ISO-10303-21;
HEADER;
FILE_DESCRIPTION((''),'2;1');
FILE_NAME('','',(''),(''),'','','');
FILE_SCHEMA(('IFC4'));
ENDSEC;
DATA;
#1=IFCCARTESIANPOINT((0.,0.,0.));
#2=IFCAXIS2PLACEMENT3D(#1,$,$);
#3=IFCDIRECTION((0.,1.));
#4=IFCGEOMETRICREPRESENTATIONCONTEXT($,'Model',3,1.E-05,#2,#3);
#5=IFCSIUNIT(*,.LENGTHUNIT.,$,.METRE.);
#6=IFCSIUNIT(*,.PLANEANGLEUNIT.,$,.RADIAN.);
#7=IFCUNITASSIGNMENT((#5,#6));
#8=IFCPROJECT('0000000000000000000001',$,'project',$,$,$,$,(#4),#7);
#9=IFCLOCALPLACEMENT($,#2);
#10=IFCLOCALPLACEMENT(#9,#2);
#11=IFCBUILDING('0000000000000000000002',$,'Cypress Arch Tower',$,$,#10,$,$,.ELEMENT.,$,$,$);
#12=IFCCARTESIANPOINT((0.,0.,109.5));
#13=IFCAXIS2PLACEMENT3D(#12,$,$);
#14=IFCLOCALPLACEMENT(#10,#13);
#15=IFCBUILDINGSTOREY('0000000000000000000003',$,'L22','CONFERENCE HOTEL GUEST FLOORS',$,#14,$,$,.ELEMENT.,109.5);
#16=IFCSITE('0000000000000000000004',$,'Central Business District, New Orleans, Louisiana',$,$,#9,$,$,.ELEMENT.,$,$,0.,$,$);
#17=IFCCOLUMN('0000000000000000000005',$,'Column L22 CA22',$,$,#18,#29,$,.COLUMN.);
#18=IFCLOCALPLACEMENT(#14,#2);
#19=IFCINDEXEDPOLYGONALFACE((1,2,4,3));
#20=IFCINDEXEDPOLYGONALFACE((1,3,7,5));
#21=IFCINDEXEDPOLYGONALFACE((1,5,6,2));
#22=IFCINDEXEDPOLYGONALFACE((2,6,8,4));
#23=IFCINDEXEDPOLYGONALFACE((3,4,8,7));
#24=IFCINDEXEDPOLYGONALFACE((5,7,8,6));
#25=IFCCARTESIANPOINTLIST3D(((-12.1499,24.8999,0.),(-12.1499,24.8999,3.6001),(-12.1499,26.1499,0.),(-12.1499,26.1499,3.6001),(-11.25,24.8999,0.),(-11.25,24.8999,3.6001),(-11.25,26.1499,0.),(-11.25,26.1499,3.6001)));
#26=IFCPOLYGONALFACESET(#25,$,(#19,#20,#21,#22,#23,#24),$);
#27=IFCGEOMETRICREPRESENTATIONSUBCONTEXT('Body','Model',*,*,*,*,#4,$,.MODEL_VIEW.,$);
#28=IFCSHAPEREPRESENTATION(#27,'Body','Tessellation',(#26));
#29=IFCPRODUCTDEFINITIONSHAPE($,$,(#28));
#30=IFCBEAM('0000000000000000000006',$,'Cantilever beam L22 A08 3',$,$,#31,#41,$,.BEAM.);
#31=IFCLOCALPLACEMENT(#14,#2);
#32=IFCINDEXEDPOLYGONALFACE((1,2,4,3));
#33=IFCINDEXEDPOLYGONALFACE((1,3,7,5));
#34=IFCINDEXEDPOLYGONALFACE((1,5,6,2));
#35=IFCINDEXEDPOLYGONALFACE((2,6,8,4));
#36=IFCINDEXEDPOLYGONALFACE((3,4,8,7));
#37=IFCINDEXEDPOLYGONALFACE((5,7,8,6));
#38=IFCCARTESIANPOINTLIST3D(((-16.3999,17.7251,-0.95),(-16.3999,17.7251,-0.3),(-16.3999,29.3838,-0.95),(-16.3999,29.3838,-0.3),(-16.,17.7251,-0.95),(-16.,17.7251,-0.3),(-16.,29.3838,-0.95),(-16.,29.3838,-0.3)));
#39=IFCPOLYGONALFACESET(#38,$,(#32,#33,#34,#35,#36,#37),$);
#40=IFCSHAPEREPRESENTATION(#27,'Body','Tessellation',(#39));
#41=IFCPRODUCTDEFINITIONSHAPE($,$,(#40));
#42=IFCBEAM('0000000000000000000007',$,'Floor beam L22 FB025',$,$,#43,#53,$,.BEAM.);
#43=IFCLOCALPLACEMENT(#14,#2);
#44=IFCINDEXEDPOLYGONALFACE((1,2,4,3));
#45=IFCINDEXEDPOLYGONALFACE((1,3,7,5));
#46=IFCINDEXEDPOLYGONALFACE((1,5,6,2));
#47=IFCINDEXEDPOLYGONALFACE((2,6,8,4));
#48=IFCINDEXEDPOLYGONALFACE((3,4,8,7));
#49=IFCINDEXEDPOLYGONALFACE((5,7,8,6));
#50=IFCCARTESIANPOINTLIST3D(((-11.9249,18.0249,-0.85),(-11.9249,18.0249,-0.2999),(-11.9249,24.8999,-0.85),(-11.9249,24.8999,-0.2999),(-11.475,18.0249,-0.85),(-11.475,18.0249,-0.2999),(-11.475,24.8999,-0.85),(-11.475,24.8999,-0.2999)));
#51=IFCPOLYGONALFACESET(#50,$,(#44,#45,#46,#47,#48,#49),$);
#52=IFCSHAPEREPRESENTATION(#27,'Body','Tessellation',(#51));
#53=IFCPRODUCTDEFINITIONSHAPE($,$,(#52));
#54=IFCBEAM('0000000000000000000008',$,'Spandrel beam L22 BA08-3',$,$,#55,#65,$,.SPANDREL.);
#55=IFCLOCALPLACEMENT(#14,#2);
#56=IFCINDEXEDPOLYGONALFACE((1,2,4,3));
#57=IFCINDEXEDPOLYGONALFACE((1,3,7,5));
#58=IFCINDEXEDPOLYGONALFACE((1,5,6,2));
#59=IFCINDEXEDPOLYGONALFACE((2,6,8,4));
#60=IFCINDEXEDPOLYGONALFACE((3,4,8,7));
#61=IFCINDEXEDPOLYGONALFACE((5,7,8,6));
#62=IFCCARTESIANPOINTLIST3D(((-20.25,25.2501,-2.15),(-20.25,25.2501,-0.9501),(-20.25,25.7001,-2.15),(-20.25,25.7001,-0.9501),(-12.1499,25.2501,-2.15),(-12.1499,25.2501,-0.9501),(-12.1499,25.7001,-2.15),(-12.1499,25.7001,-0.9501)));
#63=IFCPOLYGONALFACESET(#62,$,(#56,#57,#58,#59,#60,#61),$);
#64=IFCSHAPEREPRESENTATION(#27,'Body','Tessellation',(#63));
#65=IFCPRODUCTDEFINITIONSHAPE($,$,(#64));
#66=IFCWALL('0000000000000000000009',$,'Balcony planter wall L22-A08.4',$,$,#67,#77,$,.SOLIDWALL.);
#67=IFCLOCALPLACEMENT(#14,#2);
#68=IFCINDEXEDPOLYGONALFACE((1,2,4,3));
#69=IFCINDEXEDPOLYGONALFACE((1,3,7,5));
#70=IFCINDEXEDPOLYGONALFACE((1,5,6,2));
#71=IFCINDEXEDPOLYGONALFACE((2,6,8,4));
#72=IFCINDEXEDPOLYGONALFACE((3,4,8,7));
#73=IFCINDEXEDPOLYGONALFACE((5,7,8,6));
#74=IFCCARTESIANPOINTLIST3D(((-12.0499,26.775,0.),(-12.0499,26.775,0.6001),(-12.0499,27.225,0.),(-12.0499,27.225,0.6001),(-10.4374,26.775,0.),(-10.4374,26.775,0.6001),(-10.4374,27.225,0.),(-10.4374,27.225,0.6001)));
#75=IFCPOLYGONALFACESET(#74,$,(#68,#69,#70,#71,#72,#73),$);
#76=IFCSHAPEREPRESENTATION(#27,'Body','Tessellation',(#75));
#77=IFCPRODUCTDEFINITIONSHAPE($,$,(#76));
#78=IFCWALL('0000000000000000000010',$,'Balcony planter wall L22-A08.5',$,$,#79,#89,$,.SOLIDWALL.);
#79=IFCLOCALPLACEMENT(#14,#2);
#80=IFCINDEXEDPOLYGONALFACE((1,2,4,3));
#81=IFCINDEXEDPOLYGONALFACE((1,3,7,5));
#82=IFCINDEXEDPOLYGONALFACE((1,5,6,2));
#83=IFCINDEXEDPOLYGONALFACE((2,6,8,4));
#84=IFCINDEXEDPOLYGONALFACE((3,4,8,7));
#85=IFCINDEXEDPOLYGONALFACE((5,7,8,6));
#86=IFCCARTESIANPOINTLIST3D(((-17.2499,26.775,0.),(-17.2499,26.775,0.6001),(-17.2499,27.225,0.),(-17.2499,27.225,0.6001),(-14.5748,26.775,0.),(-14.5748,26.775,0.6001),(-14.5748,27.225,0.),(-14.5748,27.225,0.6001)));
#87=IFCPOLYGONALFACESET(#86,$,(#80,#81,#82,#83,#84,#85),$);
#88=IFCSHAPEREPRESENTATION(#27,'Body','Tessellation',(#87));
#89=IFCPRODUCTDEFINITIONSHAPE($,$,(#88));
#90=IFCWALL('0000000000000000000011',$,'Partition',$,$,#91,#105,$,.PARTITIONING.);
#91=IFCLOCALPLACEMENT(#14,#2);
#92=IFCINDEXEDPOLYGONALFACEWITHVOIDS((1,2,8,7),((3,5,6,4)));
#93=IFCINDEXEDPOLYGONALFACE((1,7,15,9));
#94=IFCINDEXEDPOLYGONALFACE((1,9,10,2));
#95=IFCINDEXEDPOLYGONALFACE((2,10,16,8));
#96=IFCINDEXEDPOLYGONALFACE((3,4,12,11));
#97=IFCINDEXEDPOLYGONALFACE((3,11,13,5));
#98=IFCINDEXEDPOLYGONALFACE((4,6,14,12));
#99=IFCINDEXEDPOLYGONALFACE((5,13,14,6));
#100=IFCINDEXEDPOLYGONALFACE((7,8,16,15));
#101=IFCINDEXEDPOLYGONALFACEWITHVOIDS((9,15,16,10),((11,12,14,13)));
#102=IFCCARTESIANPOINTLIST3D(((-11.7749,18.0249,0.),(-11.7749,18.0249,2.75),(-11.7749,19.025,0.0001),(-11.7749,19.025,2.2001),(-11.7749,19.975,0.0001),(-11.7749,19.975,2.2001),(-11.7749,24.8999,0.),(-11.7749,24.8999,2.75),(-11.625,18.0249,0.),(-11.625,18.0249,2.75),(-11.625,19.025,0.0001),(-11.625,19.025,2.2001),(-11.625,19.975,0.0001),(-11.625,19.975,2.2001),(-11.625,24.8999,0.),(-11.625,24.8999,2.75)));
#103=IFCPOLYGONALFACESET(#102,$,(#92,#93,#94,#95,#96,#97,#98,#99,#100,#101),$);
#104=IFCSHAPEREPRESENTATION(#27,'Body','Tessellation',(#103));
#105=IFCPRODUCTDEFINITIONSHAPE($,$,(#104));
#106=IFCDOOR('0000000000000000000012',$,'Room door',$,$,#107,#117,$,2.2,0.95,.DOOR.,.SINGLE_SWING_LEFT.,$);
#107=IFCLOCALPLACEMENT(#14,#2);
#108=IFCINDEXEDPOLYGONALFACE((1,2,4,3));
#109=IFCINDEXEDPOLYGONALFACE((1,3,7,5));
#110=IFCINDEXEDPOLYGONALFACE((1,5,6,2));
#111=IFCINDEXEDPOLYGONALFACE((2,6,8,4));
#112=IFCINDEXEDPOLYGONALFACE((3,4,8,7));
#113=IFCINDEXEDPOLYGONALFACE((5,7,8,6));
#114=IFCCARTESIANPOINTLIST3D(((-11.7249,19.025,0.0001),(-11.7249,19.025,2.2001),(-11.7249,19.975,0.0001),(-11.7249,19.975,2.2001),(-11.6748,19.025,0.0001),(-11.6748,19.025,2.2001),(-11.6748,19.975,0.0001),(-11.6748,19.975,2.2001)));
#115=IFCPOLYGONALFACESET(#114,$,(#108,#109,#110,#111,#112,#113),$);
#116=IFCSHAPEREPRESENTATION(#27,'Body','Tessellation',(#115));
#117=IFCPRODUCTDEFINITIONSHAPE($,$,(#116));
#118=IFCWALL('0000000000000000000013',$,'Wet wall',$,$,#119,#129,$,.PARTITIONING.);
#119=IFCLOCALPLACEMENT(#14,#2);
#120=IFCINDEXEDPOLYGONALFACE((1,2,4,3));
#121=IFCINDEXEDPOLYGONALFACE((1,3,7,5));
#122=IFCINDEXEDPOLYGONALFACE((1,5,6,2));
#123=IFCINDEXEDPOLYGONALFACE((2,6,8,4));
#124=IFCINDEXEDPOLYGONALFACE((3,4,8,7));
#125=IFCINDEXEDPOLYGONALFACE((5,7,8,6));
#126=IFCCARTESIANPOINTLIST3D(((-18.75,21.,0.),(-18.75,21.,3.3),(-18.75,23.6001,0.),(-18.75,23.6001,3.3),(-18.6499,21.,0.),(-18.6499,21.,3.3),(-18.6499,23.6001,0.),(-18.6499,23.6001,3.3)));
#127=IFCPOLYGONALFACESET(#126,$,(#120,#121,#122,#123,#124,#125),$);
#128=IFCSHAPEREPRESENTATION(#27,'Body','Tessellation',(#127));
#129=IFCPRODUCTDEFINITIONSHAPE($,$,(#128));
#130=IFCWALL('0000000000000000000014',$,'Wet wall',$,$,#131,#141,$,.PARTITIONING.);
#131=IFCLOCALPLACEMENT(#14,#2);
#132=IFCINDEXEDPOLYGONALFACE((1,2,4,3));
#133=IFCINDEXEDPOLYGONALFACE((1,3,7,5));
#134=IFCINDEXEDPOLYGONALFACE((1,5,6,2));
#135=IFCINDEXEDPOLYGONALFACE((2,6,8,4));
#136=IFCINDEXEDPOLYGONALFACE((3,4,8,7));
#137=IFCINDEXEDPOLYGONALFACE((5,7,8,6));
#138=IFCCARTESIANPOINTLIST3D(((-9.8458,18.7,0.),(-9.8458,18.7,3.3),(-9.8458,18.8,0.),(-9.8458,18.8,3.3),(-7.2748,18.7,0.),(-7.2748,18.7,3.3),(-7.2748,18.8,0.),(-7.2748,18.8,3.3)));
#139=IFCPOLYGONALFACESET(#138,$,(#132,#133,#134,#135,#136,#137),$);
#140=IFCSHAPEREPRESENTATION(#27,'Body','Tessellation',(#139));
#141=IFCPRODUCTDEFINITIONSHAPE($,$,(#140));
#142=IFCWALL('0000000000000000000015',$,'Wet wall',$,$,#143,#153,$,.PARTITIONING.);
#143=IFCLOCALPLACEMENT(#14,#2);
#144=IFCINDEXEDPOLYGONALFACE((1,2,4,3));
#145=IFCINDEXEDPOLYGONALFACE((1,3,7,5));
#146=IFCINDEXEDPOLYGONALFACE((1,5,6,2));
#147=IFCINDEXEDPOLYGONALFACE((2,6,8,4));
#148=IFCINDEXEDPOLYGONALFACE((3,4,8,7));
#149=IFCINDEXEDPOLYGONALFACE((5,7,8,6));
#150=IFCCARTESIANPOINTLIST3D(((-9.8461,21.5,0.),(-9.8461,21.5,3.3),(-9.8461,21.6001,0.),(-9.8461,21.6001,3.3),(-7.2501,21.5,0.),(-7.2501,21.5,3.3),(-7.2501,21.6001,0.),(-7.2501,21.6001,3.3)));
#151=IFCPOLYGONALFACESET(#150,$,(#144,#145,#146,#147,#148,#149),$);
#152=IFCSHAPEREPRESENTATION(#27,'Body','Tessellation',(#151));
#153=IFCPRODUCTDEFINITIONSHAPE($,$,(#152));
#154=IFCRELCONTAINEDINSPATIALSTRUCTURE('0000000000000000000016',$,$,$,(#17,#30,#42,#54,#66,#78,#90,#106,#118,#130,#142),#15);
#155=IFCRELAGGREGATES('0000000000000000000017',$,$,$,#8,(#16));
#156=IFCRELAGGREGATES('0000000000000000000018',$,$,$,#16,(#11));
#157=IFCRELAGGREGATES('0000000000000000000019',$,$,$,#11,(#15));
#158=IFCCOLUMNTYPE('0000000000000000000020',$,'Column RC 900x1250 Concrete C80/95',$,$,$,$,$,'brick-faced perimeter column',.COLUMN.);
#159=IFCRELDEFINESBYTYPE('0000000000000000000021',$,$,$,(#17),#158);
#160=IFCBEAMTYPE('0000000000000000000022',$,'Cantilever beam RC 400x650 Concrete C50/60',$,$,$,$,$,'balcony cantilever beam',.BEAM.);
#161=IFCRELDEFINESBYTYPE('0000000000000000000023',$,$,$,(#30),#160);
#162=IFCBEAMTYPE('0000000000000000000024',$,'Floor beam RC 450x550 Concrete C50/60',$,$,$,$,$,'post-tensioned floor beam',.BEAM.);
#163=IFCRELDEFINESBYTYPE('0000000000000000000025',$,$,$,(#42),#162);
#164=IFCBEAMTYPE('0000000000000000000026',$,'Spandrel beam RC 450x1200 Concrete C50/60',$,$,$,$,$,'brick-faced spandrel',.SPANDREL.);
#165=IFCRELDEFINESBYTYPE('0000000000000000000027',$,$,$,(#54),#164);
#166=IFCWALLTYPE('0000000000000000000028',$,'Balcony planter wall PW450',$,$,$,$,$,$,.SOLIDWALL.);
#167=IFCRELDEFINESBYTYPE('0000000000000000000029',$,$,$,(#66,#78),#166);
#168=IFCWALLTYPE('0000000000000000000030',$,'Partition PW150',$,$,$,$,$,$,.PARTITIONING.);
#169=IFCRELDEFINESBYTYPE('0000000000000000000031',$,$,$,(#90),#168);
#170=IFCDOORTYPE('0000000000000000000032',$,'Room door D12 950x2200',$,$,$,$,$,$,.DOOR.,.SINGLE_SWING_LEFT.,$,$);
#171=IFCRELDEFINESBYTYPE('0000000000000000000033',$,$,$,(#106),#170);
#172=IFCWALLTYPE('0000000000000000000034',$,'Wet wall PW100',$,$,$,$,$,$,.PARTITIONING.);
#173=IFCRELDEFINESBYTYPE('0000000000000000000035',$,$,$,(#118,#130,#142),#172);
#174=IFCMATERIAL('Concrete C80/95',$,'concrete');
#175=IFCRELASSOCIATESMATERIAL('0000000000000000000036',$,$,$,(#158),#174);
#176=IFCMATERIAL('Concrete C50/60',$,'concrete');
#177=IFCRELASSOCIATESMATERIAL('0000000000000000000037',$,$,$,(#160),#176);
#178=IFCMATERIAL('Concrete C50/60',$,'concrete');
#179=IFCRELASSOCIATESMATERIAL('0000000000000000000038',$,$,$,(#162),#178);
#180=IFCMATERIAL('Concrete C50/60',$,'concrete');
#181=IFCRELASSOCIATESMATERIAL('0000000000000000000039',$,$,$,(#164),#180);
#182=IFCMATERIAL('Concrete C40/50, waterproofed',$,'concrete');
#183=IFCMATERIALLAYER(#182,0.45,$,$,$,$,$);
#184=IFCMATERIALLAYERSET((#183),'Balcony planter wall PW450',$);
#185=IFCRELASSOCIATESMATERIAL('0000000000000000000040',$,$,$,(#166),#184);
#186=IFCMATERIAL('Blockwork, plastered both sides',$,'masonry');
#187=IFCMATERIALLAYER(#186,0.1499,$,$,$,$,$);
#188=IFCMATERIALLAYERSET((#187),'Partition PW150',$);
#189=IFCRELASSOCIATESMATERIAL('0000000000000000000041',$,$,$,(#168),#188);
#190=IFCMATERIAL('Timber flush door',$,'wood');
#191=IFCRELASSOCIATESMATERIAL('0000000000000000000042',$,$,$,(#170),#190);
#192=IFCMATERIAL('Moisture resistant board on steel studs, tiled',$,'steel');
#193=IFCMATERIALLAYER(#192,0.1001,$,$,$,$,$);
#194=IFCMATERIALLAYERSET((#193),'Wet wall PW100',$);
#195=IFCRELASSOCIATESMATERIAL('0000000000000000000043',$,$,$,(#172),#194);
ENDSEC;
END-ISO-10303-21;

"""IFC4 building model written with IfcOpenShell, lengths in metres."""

from ifc_helpers import new_model, si_unit, direction, frame, frame_2d, origin, origin_2d, place, context, subcontext, project, spatial, rectangle, extrude, material, layer, layer_set, material_profile, profile_set, type_object, element, fill, save


model = new_model("IFC4")

# Units and contexts
model_context = context("Model", 3, precision=1e-05, world=origin(), true_north=direction((0.0, 1.0)))
body_context = subcontext(model_context, "Body", "Model", "MODEL_VIEW")
ifc_project = project(units=[si_unit("LENGTHUNIT", "METRE"), si_unit("PLANEANGLEUNIT", "RADIAN")], contexts=[model_context])

# Site, building, storey
site_placement = place(None, origin())
site = spatial("IfcSite", under=ifc_project, at=site_placement, Name="Central Business District, New Orleans, Louisiana", CompositionType="ELEMENT", RefElevation=0.0)
building_placement = place(site_placement, origin())
building = spatial("IfcBuilding", under=site, at=building_placement, Name="Cypress Arch Tower", CompositionType="ELEMENT")
storey_placement = place(building_placement, frame((0.0, 0.0, 109.5)))
storey = spatial("IfcBuildingStorey", under=building, at=storey_placement, Name="L22", Description="CONFERENCE HOTEL GUEST FLOORS", CompositionType="ELEMENT", Elevation=109.5)

# Column
ifc_material_1 = material(Name="Concrete C80/95", Category="concrete")
ifc_material_profile_1 = material_profile(ifc_material_1, rectangle(XDim=0.8999, YDim=1.25, at=origin_2d()), Name="RC 900x1250")
ifc_profile_set_1 = profile_set([ifc_material_profile_1], Name="Concrete C80/95")
column_type = type_object("IfcColumnType", Name="Column RC 900x1250 Concrete C80/95", ElementType="brick-faced perimeter column", PredefinedType="COLUMN", material=ifc_profile_set_1)
column_placement = place(storey_placement, frame((-11.7, 25.5249, 0.0), z_axis=(0.0, 0.0, 1.0), x_axis=(-1.0, 0.0, 0.0)))
element("IfcColumn", 1, at=column_placement, inside=storey, type_object=column_type, Name="Column L22 CA22", PredefinedType="COLUMN", context=body_context, shape_type="SweptSolid", body=[
    extrude(rectangle(XDim=0.8999, YDim=1.25, at=origin_2d()), origin(), (0.0, 0.0, 1.0), 3.6001),
])

# Beams
ifc_material_2 = material(Name="Concrete C50/60", Category="concrete")
ifc_material_profile_2 = material_profile(ifc_material_2, rectangle(XDim=0.3999, YDim=0.6499, at=origin_2d()), Name="RC 400x650")
ifc_profile_set_2 = profile_set([ifc_material_profile_2], Name="Concrete C50/60")
beam_type_1 = type_object("IfcBeamType", Name="Cantilever beam RC 400x650 Concrete C50/60", ElementType="balcony cantilever beam", PredefinedType="BEAM", material=ifc_profile_set_2)
beam_1_placement = place(storey_placement, frame((-16.2, 17.7251, -0.625), z_axis=(0.0, 1.0, 0.0), x_axis=(-1.0, 0.0, 0.0)))
element("IfcBeam", 2, at=beam_1_placement, inside=storey, type_object=beam_type_1, Name="Cantilever beam L22 A08 3", PredefinedType="BEAM", context=body_context, shape_type="SweptSolid", body=[
    extrude(rectangle(XDim=0.3999, YDim=0.6499, at=origin_2d()), origin(), (0.0, 0.0, 1.0), 11.6587),
])
ifc_material_3 = material(Name="Concrete C50/60", Category="concrete")
ifc_material_profile_3 = material_profile(ifc_material_3, rectangle(XDim=0.45, YDim=0.55, at=origin_2d()), Name="RC 450x550")
ifc_profile_set_3 = profile_set([ifc_material_profile_3], Name="Concrete C50/60")
beam_type_2 = type_object("IfcBeamType", Name="Floor beam RC 450x550 Concrete C50/60", ElementType="post-tensioned floor beam", PredefinedType="BEAM", material=ifc_profile_set_3)
beam_2_placement = place(storey_placement, frame((-11.7, 18.0249, -0.575), z_axis=(0.0, 1.0, 0.0), x_axis=(-1.0, 0.0, 0.0)))
element("IfcBeam", 3, at=beam_2_placement, inside=storey, type_object=beam_type_2, Name="Floor beam L22 FB025", PredefinedType="BEAM", context=body_context, shape_type="SweptSolid", body=[
    extrude(rectangle(XDim=0.45, YDim=0.55, at=origin_2d()), origin(), (0.0, 0.0, 1.0), 6.875),
])
ifc_material_4 = material(Name="Concrete C50/60", Category="concrete")
ifc_material_profile_4 = material_profile(ifc_material_4, rectangle(XDim=0.45, YDim=1.2, at=origin_2d()), Name="RC 450x1200")
ifc_profile_set_4 = profile_set([ifc_material_profile_4], Name="Concrete C50/60")
beam_type_3 = type_object("IfcBeamType", Name="Spandrel beam RC 450x1200 Concrete C50/60", ElementType="brick-faced spandrel", PredefinedType="SPANDREL", material=ifc_profile_set_4)
beam_3_placement = place(storey_placement, frame((-12.1499, 25.4751, -1.55), z_axis=(-1.0, 0.0, 0.0), x_axis=(0.0, -1.0, 0.0)))
element("IfcBeam", 4, at=beam_3_placement, inside=storey, type_object=beam_type_3, Name="Spandrel beam L22 BA08-3", PredefinedType="SPANDREL", context=body_context, shape_type="SweptSolid", body=[
    extrude(rectangle(XDim=0.45, YDim=1.2, at=origin_2d()), origin(), (0.0, 0.0, 1.0), 8.1001),
])

# Walls
ifc_material_5 = material(Name="Concrete C40/50, waterproofed", Category="concrete")
ifc_layer_1 = layer(ifc_material_5, 0.45)
ifc_layer_set_1 = layer_set([ifc_layer_1], Name="Balcony planter wall PW450")
wall_type_1 = type_object("IfcWallType", Name="Balcony planter wall PW450", PredefinedType="SOLIDWALL", material=ifc_layer_set_1)
wall_1_placement = place(storey_placement, frame((-10.4375, 27.0, 0.0), z_axis=(0.0, 0.0, 1.0), x_axis=(-1.0, 0.0, 0.0)))
element("IfcWall", 5, at=wall_1_placement, inside=storey, type_object=wall_type_1, Name="Balcony planter wall L22-A08.4", PredefinedType="SOLIDWALL", context=body_context, shape_type="SweptSolid", body=[
    extrude(rectangle(XDim=1.6125, YDim=0.45, at=frame_2d((0.8062, 0.0))), origin(), (0.0, 0.0, 1.0), 0.6001),
])
wall_2_placement = place(storey_placement, frame((-14.575, 27.0, 0.0), z_axis=(0.0, 0.0, 1.0), x_axis=(-1.0, 0.0, 0.0)))
element("IfcWall", 6, at=wall_2_placement, inside=storey, type_object=wall_type_1, Name="Balcony planter wall L22-A08.5", PredefinedType="SOLIDWALL", context=body_context, shape_type="SweptSolid", body=[
    extrude(rectangle(XDim=2.675, YDim=0.45, at=frame_2d((1.3374, 0.0))), origin(), (0.0, 0.0, 1.0), 0.6001),
])

# Wall, opening, door
ifc_material_6 = material(Name="Blockwork, plastered both sides", Category="masonry")
ifc_layer_2 = layer(ifc_material_6, 0.1499)
ifc_layer_set_2 = layer_set([ifc_layer_2], Name="Partition PW150")
wall_type_2 = type_object("IfcWallType", Name="Partition PW150", PredefinedType="PARTITIONING", material=ifc_layer_set_2)
wall_3_placement = place(storey_placement, frame((-11.7, 18.0249, 0.0), z_axis=(0.0, 0.0, 1.0), x_axis=(0.0, 1.0, 0.0)))
wall_3 = element("IfcWall", 7, at=wall_3_placement, inside=storey, type_object=wall_type_2, Name="Partition", PredefinedType="PARTITIONING", context=body_context, shape_type="SweptSolid", body=[
    extrude(rectangle(XDim=6.875, YDim=0.1499, at=frame_2d((3.4375, 0.0))), origin(), (0.0, 0.0, 1.0), 2.75),
])
opening_1_placement = place(wall_3_placement, frame((1.0, 0.0, 0.0)))
opening_1 = element("IfcOpeningElement", 8, at=opening_1_placement, cuts=wall_3, PredefinedType="OPENING", context=body_context, shape_type="SweptSolid", body=[
    extrude(rectangle(XDim=0.95, YDim=2.2, at=frame_2d((0.4751, 1.1001))), frame((0.0, 0.085, 0.0), z_axis=(0.0, -1.0, 0.0), x_axis=(1.0, 0.0, 0.0)), (0.0, 0.0, 1.0), 0.1699),
])
ifc_material_7 = material(Name="Timber flush door", Category="wood")
door_type_1 = type_object("IfcDoorType", Name="Room door D12 950x2200", OperationType="SINGLE_SWING_LEFT", PredefinedType="DOOR", material=ifc_material_7)
door_1_placement = place(opening_1_placement, origin())
door_1 = element("IfcDoor", 9, at=door_1_placement, inside=storey, type_object=door_type_1, Name="Room door", OperationType="SINGLE_SWING_LEFT", OverallHeight=2.2, OverallWidth=0.95, PredefinedType="DOOR", context=body_context, shape_type="SweptSolid", body=[
    extrude(rectangle(XDim=0.95, YDim=2.2, at=frame_2d((0.4751, 1.1001))), frame((0.0, 0.0249, 0.0), z_axis=(0.0, -1.0, 0.0), x_axis=(1.0, 0.0, 0.0)), (0.0, 0.0, 1.0), 0.05),
])
fill(opening_1, door_1)

# Walls
ifc_material_8 = material(Name="Moisture resistant board on steel studs, tiled", Category="steel")
ifc_layer_3 = layer(ifc_material_8, 0.1001)
ifc_layer_set_3 = layer_set([ifc_layer_3], Name="Wet wall PW100")
wall_type_3 = type_object("IfcWallType", Name="Wet wall PW100", PredefinedType="PARTITIONING", material=ifc_layer_set_3)
wall_4_placement = place(storey_placement, frame((-18.7, 21.0, 0.0), z_axis=(0.0, 0.0, 1.0), x_axis=(0.0, 1.0, 0.0)))
element("IfcWall", 10, at=wall_4_placement, inside=storey, type_object=wall_type_3, Name="Wet wall", PredefinedType="PARTITIONING", context=body_context, shape_type="SweptSolid", body=[
    extrude(rectangle(XDim=2.6001, YDim=0.1001, at=frame_2d((1.3, 0.0))), origin(), (0.0, 0.0, 1.0), 3.3),
])
wall_5_placement = place(storey_placement, frame((-9.8459, 18.75, 0.0), z_axis=(0.0, 0.0, 1.0), x_axis=(1.0, 0.0, 0.0)))
element("IfcWall", 11, at=wall_5_placement, inside=storey, type_object=wall_type_3, Name="Wet wall", PredefinedType="PARTITIONING", context=body_context, shape_type="SweptSolid", body=[
    extrude(rectangle(XDim=2.571, YDim=0.1001, at=frame_2d((1.2856, 0.0))), origin(), (0.0, 0.0, 1.0), 3.3),
])
wall_6_placement = place(storey_placement, frame((-9.8459, 21.55, 0.0), z_axis=(0.0, 0.0, 1.0), x_axis=(1.0, 0.0, 0.0)))
element("IfcWall", 12, at=wall_6_placement, inside=storey, type_object=wall_type_3, Name="Wet wall", PredefinedType="PARTITIONING", context=body_context, shape_type="SweptSolid", body=[
    extrude(rectangle(XDim=2.5959, YDim=0.1001, at=frame_2d((1.2979, 0.0))), origin(), (0.0, 0.0, 1.0), 3.3),
])

save(model, "model.ifc")
